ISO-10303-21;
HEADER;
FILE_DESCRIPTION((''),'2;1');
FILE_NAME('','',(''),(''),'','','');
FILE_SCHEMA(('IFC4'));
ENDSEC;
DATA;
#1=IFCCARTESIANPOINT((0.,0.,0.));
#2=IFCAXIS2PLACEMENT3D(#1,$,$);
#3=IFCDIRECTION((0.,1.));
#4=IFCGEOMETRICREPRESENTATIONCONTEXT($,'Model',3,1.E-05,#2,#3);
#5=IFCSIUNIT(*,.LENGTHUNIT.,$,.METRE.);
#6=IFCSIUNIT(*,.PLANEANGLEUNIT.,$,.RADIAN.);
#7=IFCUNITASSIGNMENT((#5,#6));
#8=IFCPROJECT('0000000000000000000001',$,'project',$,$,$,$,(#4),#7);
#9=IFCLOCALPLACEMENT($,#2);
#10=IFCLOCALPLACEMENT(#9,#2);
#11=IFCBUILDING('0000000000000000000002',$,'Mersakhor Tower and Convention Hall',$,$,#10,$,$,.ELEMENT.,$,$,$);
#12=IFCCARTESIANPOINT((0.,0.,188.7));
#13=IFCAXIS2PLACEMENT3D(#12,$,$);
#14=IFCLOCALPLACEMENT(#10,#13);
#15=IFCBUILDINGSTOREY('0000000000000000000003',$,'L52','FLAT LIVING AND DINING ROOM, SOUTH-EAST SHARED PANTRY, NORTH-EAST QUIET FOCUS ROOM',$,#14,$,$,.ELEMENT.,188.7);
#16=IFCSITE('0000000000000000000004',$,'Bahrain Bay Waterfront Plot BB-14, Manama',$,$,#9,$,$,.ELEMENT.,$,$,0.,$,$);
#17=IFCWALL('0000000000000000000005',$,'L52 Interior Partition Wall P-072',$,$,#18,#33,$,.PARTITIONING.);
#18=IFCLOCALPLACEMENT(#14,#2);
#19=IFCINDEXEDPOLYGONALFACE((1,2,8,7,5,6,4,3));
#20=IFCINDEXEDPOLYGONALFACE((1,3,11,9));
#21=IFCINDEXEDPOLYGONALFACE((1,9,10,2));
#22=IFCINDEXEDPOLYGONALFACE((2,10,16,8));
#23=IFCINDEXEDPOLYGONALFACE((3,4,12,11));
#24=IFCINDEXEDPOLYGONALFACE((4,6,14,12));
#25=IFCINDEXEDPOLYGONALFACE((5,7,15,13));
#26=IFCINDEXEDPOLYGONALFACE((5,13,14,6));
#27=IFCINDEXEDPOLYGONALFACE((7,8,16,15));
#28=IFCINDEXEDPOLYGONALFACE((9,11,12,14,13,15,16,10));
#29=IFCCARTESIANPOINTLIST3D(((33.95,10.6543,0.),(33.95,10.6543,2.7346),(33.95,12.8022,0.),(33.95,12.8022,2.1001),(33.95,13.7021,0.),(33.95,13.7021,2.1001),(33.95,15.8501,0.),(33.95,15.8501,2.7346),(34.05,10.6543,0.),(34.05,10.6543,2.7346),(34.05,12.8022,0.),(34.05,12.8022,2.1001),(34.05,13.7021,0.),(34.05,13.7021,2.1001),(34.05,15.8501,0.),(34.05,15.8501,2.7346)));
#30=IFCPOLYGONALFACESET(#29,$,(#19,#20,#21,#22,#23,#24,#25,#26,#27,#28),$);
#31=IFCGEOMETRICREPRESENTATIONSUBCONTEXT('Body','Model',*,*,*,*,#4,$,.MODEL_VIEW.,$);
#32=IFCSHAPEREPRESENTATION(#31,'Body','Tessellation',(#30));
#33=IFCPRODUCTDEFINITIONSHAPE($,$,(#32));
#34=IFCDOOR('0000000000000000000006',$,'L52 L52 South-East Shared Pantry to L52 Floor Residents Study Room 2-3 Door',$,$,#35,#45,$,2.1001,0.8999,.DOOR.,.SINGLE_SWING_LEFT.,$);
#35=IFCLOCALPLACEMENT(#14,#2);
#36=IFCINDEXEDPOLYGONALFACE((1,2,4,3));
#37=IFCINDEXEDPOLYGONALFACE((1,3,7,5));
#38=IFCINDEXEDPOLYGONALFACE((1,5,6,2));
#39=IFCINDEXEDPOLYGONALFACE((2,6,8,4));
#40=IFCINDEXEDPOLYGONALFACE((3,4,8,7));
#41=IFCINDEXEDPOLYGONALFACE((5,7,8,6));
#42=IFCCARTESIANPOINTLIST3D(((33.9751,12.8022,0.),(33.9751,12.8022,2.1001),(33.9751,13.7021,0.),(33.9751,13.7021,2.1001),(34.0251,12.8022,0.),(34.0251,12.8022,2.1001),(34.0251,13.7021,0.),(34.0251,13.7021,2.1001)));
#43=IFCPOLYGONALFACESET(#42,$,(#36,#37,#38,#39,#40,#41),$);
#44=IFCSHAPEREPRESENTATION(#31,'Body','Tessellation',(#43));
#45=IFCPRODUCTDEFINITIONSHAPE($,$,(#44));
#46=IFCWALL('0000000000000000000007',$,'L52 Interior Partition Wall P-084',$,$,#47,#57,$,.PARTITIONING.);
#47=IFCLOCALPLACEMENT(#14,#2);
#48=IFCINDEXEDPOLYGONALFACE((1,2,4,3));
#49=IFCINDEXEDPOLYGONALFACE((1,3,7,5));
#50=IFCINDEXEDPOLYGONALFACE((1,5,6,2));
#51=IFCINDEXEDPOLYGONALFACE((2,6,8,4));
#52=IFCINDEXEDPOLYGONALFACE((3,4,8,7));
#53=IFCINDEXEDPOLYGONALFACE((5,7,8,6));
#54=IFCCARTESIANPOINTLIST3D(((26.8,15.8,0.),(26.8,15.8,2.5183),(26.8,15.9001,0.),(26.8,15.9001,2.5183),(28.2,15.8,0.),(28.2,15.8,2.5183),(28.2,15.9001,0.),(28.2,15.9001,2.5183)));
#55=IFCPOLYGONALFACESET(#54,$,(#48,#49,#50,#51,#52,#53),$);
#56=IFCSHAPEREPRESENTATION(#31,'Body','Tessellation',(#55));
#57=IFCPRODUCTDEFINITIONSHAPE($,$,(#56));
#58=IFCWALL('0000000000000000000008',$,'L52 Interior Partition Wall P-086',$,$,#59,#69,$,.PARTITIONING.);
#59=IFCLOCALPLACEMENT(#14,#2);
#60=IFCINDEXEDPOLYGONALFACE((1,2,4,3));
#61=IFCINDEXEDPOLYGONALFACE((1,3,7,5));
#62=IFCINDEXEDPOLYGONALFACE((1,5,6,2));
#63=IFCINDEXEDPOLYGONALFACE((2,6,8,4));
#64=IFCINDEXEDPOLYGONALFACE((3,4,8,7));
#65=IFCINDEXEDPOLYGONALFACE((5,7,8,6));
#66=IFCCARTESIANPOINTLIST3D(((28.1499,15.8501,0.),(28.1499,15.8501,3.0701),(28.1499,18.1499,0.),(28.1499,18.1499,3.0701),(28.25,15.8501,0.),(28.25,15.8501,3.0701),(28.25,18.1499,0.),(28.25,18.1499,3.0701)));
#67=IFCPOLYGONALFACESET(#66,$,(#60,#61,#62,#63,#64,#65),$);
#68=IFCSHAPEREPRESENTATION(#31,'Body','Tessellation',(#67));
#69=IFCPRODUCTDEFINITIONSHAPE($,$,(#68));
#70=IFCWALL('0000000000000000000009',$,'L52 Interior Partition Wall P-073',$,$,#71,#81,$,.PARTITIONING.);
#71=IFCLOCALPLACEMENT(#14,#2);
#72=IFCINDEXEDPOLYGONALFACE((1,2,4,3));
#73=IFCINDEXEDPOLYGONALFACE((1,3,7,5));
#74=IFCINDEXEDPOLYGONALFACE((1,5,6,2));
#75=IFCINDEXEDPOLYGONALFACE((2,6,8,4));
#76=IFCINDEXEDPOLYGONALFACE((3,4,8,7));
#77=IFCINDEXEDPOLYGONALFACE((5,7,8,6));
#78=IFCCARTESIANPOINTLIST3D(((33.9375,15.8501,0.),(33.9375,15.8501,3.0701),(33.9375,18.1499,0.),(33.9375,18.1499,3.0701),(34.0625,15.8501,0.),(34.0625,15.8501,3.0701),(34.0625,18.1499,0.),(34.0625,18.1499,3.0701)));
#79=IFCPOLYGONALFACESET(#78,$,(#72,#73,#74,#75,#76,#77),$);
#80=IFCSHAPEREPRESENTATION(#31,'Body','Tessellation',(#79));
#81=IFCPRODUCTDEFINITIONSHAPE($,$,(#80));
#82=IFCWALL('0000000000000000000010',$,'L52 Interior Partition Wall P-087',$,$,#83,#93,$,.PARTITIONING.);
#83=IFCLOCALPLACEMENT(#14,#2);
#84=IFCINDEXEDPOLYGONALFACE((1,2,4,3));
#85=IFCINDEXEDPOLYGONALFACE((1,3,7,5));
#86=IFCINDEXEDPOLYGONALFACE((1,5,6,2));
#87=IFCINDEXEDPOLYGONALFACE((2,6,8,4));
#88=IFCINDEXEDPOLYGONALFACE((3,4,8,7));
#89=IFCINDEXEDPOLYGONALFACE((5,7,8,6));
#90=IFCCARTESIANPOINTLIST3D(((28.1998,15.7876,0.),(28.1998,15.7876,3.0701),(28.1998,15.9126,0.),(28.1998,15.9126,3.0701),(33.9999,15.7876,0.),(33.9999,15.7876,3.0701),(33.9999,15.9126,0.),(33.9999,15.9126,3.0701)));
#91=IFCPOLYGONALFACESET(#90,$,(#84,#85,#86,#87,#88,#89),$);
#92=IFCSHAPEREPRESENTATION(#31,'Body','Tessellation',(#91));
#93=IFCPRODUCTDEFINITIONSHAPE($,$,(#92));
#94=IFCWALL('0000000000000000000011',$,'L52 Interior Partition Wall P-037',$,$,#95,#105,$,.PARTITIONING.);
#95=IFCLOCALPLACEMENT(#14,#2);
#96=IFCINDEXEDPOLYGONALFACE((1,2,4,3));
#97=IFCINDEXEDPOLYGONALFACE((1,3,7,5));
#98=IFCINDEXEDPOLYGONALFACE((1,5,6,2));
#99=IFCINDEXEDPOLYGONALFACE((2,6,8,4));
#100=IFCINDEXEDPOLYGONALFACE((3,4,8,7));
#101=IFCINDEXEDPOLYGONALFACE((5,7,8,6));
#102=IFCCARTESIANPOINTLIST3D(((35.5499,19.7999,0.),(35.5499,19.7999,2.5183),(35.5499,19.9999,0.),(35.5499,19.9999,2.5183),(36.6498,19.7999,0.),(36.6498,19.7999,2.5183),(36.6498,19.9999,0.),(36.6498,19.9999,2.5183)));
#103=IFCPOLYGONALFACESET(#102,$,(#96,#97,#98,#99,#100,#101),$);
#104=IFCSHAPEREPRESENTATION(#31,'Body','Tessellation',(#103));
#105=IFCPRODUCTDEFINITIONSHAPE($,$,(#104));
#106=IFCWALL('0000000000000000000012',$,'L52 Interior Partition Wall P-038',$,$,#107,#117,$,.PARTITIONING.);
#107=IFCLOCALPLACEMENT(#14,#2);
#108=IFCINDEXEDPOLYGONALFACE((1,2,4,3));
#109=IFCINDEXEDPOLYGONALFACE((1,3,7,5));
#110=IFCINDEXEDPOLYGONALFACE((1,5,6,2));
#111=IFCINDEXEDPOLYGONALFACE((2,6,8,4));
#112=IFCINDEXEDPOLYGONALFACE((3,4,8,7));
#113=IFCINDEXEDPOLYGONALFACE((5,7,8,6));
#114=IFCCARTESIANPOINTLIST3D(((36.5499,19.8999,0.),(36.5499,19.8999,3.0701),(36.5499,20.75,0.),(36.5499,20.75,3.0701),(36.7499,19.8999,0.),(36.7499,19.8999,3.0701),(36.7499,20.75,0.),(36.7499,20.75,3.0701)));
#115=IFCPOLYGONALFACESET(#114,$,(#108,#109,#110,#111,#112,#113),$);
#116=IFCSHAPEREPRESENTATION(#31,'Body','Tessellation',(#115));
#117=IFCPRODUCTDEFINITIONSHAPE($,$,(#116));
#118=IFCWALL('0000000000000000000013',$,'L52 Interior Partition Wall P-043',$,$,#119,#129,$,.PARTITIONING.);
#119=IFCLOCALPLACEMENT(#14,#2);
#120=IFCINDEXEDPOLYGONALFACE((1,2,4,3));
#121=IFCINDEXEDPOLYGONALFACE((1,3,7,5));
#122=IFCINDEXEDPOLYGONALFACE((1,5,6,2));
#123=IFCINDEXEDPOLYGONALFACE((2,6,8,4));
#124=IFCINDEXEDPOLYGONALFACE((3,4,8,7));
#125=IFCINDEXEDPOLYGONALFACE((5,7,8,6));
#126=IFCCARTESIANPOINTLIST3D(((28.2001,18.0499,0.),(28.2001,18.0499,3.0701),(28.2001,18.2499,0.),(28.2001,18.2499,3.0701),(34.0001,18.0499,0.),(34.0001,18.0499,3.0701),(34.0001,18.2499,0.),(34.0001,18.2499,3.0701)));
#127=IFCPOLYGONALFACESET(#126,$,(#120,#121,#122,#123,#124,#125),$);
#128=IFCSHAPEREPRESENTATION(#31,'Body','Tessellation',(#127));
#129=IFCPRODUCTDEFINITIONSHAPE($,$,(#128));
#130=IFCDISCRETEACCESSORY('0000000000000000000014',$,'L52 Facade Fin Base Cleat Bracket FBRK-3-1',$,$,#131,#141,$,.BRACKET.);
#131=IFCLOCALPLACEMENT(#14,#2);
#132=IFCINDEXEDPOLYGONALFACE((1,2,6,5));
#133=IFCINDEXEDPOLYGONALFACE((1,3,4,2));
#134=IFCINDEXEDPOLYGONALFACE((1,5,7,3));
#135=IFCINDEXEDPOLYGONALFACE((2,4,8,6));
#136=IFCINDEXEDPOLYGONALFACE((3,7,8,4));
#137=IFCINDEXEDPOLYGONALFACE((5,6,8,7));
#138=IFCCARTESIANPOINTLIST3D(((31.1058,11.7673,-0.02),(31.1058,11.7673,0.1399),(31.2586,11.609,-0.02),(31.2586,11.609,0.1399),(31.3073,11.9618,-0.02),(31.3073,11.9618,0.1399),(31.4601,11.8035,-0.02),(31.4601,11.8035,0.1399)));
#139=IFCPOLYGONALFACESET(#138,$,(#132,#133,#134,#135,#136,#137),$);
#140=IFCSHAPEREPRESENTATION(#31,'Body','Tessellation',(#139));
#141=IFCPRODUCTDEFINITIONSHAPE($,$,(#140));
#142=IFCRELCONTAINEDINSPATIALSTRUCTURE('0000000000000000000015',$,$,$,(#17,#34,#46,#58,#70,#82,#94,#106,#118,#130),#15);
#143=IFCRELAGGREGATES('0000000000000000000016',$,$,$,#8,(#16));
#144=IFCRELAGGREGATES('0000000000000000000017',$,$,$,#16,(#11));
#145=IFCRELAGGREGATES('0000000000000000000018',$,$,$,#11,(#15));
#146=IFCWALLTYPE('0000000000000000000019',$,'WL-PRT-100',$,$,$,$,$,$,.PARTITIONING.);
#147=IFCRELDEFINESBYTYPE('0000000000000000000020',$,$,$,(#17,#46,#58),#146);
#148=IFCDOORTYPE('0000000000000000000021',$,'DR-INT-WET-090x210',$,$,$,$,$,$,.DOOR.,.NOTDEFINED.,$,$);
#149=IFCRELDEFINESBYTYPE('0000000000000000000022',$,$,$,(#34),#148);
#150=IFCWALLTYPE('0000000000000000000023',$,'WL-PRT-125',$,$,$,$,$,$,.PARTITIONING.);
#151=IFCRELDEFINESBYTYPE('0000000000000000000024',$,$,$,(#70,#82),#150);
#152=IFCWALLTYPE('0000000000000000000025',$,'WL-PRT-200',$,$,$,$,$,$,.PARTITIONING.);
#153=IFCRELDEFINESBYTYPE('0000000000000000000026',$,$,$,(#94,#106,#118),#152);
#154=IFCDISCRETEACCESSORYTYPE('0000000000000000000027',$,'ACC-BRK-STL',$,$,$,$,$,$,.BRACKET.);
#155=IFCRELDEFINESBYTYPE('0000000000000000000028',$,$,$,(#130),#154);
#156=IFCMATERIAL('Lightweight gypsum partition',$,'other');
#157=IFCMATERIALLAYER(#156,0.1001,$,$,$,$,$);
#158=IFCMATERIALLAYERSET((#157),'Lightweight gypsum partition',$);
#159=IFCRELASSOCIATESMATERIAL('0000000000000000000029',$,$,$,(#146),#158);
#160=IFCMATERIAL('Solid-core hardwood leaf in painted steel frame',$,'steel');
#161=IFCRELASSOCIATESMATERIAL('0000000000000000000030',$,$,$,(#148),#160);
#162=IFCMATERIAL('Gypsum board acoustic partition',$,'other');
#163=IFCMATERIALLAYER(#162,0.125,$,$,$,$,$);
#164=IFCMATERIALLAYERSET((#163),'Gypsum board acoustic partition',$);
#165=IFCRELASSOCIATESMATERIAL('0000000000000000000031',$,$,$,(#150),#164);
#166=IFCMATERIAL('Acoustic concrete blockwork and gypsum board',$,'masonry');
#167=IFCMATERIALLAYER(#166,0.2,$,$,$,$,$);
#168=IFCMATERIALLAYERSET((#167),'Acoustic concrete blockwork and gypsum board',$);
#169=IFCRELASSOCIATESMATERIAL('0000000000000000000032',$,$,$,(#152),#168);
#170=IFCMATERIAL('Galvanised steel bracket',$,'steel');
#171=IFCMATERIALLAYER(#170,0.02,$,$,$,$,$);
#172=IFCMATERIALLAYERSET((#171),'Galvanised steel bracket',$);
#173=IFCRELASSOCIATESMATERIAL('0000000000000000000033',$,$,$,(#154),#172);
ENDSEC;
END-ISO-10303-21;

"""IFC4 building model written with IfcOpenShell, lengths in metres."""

from ifc_helpers import new_model, si_unit, direction, frame, frame_2d, origin, origin_2d, place, context, subcontext, project, spatial, rectangle, extrude, material, layer, layer_set, type_object, element, fill, save


model = new_model("IFC4")

# Units and contexts
model_context = context("Model", 3, precision=1e-05, world=origin(), true_north=direction((0.0, 1.0)))
body_context = subcontext(model_context, "Body", "Model", "MODEL_VIEW")
ifc_project = project(units=[si_unit("LENGTHUNIT", "METRE"), si_unit("PLANEANGLEUNIT", "RADIAN")], contexts=[model_context])

# Site, building, storey
site_placement = place(None, origin())
site = spatial("IfcSite", under=ifc_project, at=site_placement, Name="Bahrain Bay Waterfront Plot BB-14, Manama", CompositionType="ELEMENT", RefElevation=0.0)
building_placement = place(site_placement, origin())
building = spatial("IfcBuilding", under=site, at=building_placement, Name="Mersakhor Tower and Convention Hall", CompositionType="ELEMENT")
storey_placement = place(building_placement, frame((0.0, 0.0, 188.7)))
storey = spatial("IfcBuildingStorey", under=building, at=storey_placement, Name="L52", Description="FLAT LIVING AND DINING ROOM, SOUTH-EAST SHARED PANTRY, NORTH-EAST QUIET FOCUS ROOM", CompositionType="ELEMENT", Elevation=188.7)

# Wall, opening, door
ifc_material_1 = material(Name="Lightweight gypsum partition", Category="other")
ifc_layer_1 = layer(ifc_material_1, 0.1001)
ifc_layer_set_1 = layer_set([ifc_layer_1], Name="Lightweight gypsum partition")
wall_type_1 = type_object("IfcWallType", Name="WL-PRT-100", PredefinedType="PARTITIONING", material=ifc_layer_set_1)
wall_1_placement = place(storey_placement, frame((34.0, 10.6543, 0.0), z_axis=(0.0, 0.0, 1.0), x_axis=(0.0, 1.0, 0.0)))
wall_1 = element("IfcWall", 1, at=wall_1_placement, inside=storey, type_object=wall_type_1, Name="L52 Interior Partition Wall P-072", PredefinedType="PARTITIONING", context=body_context, shape_type="SweptSolid", body=[
    extrude(rectangle(XDim=5.1958, YDim=0.1001, at=frame_2d((2.5979, 0.0))), origin(), (0.0, 0.0, 1.0), 2.7346),
])
opening_1_placement = place(wall_1_placement, frame((2.1479, 0.0, 0.0)))
opening_1 = element("IfcOpeningElement", 2, at=opening_1_placement, cuts=wall_1, PredefinedType="OPENING", context=body_context, shape_type="SweptSolid", body=[
    extrude(rectangle(XDim=0.8999, YDim=2.1001, at=frame_2d((0.45, 1.05))), frame((0.0, 0.0601, 0.0), z_axis=(0.0, -1.0, 0.0), x_axis=(1.0, 0.0, 0.0)), (0.0, 0.0, 1.0), 0.1201),
])
ifc_material_2 = material(Name="Solid-core hardwood leaf in painted steel frame", Category="steel")
door_type_1 = type_object("IfcDoorType", Name="DR-INT-WET-090x210", OperationType="NOTDEFINED", PredefinedType="DOOR", material=ifc_material_2)
door_1_placement = place(opening_1_placement, origin())
door_1 = element("IfcDoor", 3, at=door_1_placement, inside=storey, type_object=door_type_1, Name="L52 L52 South-East Shared Pantry to L52 Floor Residents Study Room 2-3 Door", OperationType="SINGLE_SWING_LEFT", OverallHeight=2.1001, OverallWidth=0.8999, PredefinedType="DOOR", context=body_context, shape_type="SweptSolid", body=[
    extrude(rectangle(XDim=0.8999, YDim=2.1001, at=frame_2d((0.45, 1.05))), frame((0.0, 0.0249, 0.0), z_axis=(0.0, -1.0, 0.0), x_axis=(1.0, 0.0, 0.0)), (0.0, 0.0, 1.0), 0.05),
])
fill(opening_1, door_1)

# Walls
wall_2_placement = place(storey_placement, frame((28.2, 15.8501, 0.0), z_axis=(0.0, 0.0, 1.0), x_axis=(-1.0, 0.0, 0.0)))
element("IfcWall", 4, at=wall_2_placement, inside=storey, type_object=wall_type_1, Name="L52 Interior Partition Wall P-084", PredefinedType="PARTITIONING", context=body_context, shape_type="SweptSolid", body=[
    extrude(rectangle(XDim=1.3999, YDim=0.1001, at=frame_2d((0.7, 0.0))), origin(), (0.0, 0.0, 1.0), 2.5183),
])
wall_3_placement = place(storey_placement, frame((28.2, 18.1499, 0.0), z_axis=(0.0, 0.0, 1.0), x_axis=(0.0, -1.0, 0.0)))
element("IfcWall", 5, at=wall_3_placement, inside=storey, type_object=wall_type_1, Name="L52 Interior Partition Wall P-086", PredefinedType="PARTITIONING", context=body_context, shape_type="SweptSolid", body=[
    extrude(rectangle(XDim=2.2998, YDim=0.1001, at=frame_2d((1.1499, 0.0))), origin(), (0.0, 0.0, 1.0), 3.0701),
])
ifc_material_3 = material(Name="Gypsum board acoustic partition", Category="other")
ifc_layer_2 = layer(ifc_material_3, 0.125)
ifc_layer_set_2 = layer_set([ifc_layer_2], Name="Gypsum board acoustic partition")
wall_type_2 = type_object("IfcWallType", Name="WL-PRT-125", PredefinedType="PARTITIONING", material=ifc_layer_set_2)
wall_4_placement = place(storey_placement, frame((34.0, 15.8501, 0.0), z_axis=(0.0, 0.0, 1.0), x_axis=(0.0, 1.0, 0.0)))
element("IfcWall", 6, at=wall_4_placement, inside=storey, type_object=wall_type_2, Name="L52 Interior Partition Wall P-073", PredefinedType="PARTITIONING", context=body_context, shape_type="SweptSolid", body=[
    extrude(rectangle(XDim=2.2998, YDim=0.125, at=frame_2d((1.1499, 0.0))), origin(), (0.0, 0.0, 1.0), 3.0701),
])
wall_5_placement = place(storey_placement, frame((28.2, 15.8501, 0.0), z_axis=(0.0, 0.0, 1.0), x_axis=(1.0, 0.0, 0.0)))
element("IfcWall", 7, at=wall_5_placement, inside=storey, type_object=wall_type_2, Name="L52 Interior Partition Wall P-087", PredefinedType="PARTITIONING", context=body_context, shape_type="SweptSolid", body=[
    extrude(rectangle(XDim=5.8, YDim=0.125, at=frame_2d((2.8999, 0.0))), origin(), (0.0, 0.0, 1.0), 3.0701),
])
ifc_material_4 = material(Name="Acoustic concrete blockwork and gypsum board", Category="masonry")
ifc_layer_3 = layer(ifc_material_4, 0.2)
ifc_layer_set_3 = layer_set([ifc_layer_3], Name="Acoustic concrete blockwork and gypsum board")
wall_type_3 = type_object("IfcWallType", Name="WL-PRT-200", PredefinedType="PARTITIONING", material=ifc_layer_set_3)
wall_6_placement = place(storey_placement, frame((35.55, 19.8999, 0.0), z_axis=(0.0, 0.0, 1.0), x_axis=(1.0, 0.0, 0.0)))
element("IfcWall", 8, at=wall_6_placement, inside=storey, type_object=wall_type_3, Name="L52 Interior Partition Wall P-037", PredefinedType="PARTITIONING", context=body_context, shape_type="SweptSolid", body=[
    extrude(rectangle(XDim=1.0999, YDim=0.2, at=frame_2d((0.5498, 0.0))), origin(), (0.0, 0.0, 1.0), 2.5183),
])
wall_7_placement = place(storey_placement, frame((36.6499, 19.8999, 0.0), z_axis=(0.0, 0.0, 1.0), x_axis=(0.0, 1.0, 0.0)))
element("IfcWall", 9, at=wall_7_placement, inside=storey, type_object=wall_type_3, Name="L52 Interior Partition Wall P-038", PredefinedType="PARTITIONING", context=body_context, shape_type="SweptSolid", body=[
    extrude(rectangle(XDim=0.8501, YDim=0.2, at=frame_2d((0.425, 0.0))), origin(), (0.0, 0.0, 1.0), 3.0701),
])
wall_8_placement = place(storey_placement, frame((34.0, 18.1499, 0.0), z_axis=(0.0, 0.0, 1.0), x_axis=(-1.0, 0.0, 0.0)))
element("IfcWall", 10, at=wall_8_placement, inside=storey, type_object=wall_type_3, Name="L52 Interior Partition Wall P-043", PredefinedType="PARTITIONING", context=body_context, shape_type="SweptSolid", body=[
    extrude(rectangle(XDim=5.8, YDim=0.2, at=frame_2d((2.8999, 0.0))), origin(), (0.0, 0.0, 1.0), 3.0701),
])

# Discrete accessory
ifc_material_5 = material(Name="Galvanised steel bracket", Category="steel")
ifc_layer_4 = layer(ifc_material_5, 0.02)
ifc_layer_set_4 = layer_set([ifc_layer_4], Name="Galvanised steel bracket")
discrete_accessory_type = type_object("IfcDiscreteAccessoryType", Name="ACC-BRK-STL", PredefinedType="BRACKET", material=ifc_layer_set_4)
discrete_accessory_placement = place(storey_placement, frame((31.283, 11.7854, -0.02), z_axis=(0.0, 0.0, 1.0), x_axis=(-0.71934, -0.694658, 0.0)))
element("IfcDiscreteAccessory", 11, at=discrete_accessory_placement, inside=storey, type_object=discrete_accessory_type, Name="L52 Facade Fin Base Cleat Bracket FBRK-3-1", PredefinedType="BRACKET", context=body_context, shape_type="SweptSolid", body=[
    extrude(rectangle(XDim=0.28, YDim=0.22, at=origin_2d()), origin(), (0.0, 0.0, 1.0), 0.1599),
])

save(model, "model.ifc")
